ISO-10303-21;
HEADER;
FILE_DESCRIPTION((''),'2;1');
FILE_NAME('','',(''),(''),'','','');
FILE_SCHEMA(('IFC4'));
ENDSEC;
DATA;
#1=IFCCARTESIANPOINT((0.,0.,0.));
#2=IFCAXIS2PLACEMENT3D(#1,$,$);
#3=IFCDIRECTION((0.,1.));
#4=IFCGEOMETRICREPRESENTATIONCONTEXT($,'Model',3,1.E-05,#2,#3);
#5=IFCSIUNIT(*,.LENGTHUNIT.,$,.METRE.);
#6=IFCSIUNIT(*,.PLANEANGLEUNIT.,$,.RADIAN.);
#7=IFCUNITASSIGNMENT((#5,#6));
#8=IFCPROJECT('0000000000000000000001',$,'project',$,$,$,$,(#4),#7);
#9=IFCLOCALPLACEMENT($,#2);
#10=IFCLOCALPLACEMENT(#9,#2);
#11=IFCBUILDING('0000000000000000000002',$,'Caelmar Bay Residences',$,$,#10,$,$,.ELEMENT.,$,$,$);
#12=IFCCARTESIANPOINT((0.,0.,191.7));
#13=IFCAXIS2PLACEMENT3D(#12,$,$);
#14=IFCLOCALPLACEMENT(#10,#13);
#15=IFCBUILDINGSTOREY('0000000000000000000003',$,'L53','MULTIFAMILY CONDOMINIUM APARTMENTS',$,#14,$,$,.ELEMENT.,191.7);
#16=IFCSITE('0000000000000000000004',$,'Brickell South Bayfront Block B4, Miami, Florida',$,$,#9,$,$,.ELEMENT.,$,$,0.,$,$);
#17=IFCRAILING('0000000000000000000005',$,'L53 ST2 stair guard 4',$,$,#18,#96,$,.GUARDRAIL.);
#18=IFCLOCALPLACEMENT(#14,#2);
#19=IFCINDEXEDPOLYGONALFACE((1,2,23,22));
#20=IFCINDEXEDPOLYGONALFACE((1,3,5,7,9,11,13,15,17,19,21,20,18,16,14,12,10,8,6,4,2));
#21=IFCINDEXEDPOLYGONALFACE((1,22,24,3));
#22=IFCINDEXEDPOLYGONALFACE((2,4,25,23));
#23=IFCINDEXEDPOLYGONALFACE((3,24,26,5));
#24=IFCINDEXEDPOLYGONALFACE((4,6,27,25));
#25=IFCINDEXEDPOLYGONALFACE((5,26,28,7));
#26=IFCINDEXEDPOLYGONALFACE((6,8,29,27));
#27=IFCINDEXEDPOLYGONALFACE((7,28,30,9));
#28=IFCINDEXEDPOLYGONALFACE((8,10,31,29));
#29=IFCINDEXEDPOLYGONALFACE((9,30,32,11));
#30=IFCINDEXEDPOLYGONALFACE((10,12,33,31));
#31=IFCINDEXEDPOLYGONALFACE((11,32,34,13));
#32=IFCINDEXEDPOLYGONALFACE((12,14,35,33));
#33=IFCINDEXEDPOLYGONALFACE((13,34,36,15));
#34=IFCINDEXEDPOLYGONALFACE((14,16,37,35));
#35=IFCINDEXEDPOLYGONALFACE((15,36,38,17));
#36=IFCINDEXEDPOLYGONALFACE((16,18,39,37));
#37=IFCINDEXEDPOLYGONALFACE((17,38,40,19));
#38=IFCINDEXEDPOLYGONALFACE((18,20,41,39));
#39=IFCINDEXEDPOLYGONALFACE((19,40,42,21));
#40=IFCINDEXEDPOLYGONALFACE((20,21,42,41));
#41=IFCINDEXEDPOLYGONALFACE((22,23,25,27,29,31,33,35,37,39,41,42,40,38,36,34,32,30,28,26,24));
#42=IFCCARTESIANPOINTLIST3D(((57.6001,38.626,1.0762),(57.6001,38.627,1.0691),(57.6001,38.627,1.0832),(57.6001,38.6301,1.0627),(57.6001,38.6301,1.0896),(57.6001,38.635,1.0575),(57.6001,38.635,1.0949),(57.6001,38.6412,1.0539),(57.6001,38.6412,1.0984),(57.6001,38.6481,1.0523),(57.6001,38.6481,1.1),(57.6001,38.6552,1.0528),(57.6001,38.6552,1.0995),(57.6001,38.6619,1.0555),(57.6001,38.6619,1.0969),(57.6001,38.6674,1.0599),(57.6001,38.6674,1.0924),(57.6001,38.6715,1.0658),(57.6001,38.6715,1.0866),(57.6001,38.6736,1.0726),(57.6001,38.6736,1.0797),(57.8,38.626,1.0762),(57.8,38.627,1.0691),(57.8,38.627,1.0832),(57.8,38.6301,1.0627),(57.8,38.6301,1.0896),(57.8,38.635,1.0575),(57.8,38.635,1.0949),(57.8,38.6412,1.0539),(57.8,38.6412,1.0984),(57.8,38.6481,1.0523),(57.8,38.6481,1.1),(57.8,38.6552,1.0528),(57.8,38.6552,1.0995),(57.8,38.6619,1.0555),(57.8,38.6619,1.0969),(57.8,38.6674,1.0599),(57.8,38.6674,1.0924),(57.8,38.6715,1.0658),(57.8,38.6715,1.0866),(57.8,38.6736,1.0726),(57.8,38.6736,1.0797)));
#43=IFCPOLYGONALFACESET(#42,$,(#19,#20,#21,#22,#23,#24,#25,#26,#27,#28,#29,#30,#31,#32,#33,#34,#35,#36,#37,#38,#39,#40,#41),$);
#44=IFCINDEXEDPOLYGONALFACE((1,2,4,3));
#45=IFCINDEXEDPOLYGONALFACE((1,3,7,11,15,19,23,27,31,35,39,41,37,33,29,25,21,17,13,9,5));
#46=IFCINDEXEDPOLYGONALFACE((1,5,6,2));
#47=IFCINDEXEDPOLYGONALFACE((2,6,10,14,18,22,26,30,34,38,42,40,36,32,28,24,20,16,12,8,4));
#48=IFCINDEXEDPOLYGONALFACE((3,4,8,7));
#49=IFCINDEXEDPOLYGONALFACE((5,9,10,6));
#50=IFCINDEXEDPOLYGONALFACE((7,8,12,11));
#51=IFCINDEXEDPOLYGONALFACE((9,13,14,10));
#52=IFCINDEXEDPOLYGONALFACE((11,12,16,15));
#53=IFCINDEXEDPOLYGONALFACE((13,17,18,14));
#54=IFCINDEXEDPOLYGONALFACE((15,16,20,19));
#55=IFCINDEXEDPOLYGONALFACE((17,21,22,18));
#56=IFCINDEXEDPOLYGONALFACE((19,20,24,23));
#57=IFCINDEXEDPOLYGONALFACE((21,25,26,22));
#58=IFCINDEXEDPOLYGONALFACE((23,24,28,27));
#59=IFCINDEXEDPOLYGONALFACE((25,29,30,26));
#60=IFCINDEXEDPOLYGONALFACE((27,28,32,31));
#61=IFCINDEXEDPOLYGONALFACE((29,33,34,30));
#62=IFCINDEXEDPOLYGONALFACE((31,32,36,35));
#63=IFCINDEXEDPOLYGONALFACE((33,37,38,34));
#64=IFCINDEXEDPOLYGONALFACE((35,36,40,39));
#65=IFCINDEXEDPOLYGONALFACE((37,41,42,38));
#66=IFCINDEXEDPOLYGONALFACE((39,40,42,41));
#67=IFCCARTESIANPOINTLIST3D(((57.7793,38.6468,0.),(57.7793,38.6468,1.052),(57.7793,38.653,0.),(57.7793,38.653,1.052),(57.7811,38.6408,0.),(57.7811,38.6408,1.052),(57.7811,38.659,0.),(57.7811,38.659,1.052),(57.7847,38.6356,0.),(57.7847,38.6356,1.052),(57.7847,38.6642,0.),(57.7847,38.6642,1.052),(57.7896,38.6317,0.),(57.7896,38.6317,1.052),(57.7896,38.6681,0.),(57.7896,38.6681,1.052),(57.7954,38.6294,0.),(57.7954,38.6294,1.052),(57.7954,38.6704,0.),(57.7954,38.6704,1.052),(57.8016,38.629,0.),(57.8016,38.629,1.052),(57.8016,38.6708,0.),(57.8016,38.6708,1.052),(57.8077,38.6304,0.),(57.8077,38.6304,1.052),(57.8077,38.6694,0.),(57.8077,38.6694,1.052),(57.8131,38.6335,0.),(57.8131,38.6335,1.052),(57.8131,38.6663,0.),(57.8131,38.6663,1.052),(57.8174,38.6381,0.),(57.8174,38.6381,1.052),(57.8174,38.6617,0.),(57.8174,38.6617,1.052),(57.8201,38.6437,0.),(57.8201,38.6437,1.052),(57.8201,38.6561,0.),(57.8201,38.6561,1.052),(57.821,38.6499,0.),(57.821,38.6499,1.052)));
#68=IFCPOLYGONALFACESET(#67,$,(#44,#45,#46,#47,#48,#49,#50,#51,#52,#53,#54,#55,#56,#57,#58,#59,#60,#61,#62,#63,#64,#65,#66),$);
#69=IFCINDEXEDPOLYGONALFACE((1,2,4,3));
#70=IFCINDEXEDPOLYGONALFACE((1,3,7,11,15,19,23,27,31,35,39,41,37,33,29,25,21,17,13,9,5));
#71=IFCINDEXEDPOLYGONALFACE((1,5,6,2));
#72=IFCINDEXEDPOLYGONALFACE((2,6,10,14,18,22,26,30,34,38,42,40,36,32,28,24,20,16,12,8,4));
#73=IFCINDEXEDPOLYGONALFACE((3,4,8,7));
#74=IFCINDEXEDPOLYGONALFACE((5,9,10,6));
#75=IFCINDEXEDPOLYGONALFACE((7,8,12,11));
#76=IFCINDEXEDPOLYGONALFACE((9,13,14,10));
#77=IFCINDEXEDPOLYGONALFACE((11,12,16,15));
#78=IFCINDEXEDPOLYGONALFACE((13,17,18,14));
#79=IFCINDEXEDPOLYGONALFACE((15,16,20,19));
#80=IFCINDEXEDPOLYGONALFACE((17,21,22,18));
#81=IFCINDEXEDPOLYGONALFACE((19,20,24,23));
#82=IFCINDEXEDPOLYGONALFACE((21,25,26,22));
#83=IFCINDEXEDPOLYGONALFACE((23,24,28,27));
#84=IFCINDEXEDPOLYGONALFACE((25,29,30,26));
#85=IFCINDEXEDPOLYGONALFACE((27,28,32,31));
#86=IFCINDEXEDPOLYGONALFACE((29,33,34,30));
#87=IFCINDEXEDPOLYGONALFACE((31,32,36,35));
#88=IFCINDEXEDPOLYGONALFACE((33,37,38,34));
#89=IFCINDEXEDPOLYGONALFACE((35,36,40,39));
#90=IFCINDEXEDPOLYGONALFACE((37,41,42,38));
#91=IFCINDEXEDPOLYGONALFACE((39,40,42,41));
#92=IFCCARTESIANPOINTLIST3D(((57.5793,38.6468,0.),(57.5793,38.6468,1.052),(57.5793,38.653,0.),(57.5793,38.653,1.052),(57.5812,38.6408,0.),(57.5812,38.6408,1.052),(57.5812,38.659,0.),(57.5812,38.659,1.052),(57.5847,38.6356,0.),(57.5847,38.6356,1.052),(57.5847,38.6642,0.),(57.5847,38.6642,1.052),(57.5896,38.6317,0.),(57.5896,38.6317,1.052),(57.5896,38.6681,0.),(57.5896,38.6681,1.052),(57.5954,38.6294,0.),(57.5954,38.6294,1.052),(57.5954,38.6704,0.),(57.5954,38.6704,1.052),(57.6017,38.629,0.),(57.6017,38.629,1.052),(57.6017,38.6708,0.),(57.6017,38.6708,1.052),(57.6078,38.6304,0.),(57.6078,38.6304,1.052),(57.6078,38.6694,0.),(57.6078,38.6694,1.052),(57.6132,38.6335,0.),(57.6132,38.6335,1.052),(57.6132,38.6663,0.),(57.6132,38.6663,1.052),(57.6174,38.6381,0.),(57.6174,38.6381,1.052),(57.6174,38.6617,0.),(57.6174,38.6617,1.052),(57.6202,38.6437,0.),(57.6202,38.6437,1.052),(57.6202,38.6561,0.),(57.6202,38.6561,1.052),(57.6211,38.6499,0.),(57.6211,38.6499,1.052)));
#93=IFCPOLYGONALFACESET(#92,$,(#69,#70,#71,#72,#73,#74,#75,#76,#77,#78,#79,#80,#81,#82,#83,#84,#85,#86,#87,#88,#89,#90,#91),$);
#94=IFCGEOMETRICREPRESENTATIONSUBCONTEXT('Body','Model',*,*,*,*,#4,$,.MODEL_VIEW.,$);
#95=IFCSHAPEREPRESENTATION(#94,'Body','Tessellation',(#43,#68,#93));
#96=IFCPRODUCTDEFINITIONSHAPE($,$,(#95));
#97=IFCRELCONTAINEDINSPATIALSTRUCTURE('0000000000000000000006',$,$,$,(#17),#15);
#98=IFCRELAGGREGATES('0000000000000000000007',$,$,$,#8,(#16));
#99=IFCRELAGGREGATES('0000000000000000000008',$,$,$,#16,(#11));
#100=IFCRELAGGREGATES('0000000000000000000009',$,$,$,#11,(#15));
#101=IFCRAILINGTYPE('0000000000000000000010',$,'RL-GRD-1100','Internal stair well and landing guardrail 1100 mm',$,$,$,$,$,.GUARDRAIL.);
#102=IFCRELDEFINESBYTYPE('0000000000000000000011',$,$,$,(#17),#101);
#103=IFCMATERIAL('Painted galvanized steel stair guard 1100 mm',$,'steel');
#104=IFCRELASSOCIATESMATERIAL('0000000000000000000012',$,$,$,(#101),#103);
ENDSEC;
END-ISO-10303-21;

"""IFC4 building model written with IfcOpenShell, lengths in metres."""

from ifc_helpers import new_model, si_unit, direction, frame, origin, origin_2d, place, context, subcontext, project, spatial, circle, extrude, material, type_object, element, save


model = new_model("IFC4")

# Units and contexts
model_context = context("Model", 3, precision=1e-05, world=origin(), true_north=direction((0.0, 1.0)))
body_context = subcontext(model_context, "Body", "Model", "MODEL_VIEW")
ifc_project = project(units=[si_unit("LENGTHUNIT", "METRE"), si_unit("PLANEANGLEUNIT", "RADIAN")], contexts=[model_context])

# Site, building, storey
site_placement = place(None, origin())
site = spatial("IfcSite", under=ifc_project, at=site_placement, Name="Brickell South Bayfront Block B4, Miami, Florida", CompositionType="ELEMENT", RefElevation=0.0)
building_placement = place(site_placement, origin())
building = spatial("IfcBuilding", under=site, at=building_placement, Name="Caelmar Bay Residences", CompositionType="ELEMENT")
storey_placement = place(building_placement, frame((0.0, 0.0, 191.7)))
storey = spatial("IfcBuildingStorey", under=building, at=storey_placement, Name="L53", Description="MULTIFAMILY CONDOMINIUM APARTMENTS", CompositionType="ELEMENT", Elevation=191.7)

# Railing
ifc_material_1 = material(Name="Painted galvanized steel stair guard 1100 mm", Category="steel")
railing_type_1 = type_object("IfcRailingType", Name="RL-GRD-1100", Description="Internal stair well and landing guardrail 1100 mm", PredefinedType="GUARDRAIL", material=ifc_material_1)
railing_1_placement = place(storey_placement, frame((57.8, 38.6499, 0.0)))
element("IfcRailing", 1, at=railing_1_placement, inside=storey, type_object=railing_type_1, Name="L53 ST2 stair guard 4", PredefinedType="GUARDRAIL", context=body_context, shape_type="SweptSolid", body=[
    extrude(circle(Radius=0.0239, at=origin_2d()), frame((0.0, 0.0, 1.0762), z_axis=(-1.0, 0.0, 0.0), x_axis=(0.0, -1.0, 0.0)), (0.0, 0.0, 1.0), 0.2),
    extrude(circle(Radius=0.021, at=origin_2d()), origin(), (0.0, 0.0, 1.0), 1.052),
    extrude(circle(Radius=0.021, at=origin_2d()), frame((-0.2, 0.0, 0.0)), (0.0, 0.0, 1.0), 1.052),
])

save(model, "model.ifc")
